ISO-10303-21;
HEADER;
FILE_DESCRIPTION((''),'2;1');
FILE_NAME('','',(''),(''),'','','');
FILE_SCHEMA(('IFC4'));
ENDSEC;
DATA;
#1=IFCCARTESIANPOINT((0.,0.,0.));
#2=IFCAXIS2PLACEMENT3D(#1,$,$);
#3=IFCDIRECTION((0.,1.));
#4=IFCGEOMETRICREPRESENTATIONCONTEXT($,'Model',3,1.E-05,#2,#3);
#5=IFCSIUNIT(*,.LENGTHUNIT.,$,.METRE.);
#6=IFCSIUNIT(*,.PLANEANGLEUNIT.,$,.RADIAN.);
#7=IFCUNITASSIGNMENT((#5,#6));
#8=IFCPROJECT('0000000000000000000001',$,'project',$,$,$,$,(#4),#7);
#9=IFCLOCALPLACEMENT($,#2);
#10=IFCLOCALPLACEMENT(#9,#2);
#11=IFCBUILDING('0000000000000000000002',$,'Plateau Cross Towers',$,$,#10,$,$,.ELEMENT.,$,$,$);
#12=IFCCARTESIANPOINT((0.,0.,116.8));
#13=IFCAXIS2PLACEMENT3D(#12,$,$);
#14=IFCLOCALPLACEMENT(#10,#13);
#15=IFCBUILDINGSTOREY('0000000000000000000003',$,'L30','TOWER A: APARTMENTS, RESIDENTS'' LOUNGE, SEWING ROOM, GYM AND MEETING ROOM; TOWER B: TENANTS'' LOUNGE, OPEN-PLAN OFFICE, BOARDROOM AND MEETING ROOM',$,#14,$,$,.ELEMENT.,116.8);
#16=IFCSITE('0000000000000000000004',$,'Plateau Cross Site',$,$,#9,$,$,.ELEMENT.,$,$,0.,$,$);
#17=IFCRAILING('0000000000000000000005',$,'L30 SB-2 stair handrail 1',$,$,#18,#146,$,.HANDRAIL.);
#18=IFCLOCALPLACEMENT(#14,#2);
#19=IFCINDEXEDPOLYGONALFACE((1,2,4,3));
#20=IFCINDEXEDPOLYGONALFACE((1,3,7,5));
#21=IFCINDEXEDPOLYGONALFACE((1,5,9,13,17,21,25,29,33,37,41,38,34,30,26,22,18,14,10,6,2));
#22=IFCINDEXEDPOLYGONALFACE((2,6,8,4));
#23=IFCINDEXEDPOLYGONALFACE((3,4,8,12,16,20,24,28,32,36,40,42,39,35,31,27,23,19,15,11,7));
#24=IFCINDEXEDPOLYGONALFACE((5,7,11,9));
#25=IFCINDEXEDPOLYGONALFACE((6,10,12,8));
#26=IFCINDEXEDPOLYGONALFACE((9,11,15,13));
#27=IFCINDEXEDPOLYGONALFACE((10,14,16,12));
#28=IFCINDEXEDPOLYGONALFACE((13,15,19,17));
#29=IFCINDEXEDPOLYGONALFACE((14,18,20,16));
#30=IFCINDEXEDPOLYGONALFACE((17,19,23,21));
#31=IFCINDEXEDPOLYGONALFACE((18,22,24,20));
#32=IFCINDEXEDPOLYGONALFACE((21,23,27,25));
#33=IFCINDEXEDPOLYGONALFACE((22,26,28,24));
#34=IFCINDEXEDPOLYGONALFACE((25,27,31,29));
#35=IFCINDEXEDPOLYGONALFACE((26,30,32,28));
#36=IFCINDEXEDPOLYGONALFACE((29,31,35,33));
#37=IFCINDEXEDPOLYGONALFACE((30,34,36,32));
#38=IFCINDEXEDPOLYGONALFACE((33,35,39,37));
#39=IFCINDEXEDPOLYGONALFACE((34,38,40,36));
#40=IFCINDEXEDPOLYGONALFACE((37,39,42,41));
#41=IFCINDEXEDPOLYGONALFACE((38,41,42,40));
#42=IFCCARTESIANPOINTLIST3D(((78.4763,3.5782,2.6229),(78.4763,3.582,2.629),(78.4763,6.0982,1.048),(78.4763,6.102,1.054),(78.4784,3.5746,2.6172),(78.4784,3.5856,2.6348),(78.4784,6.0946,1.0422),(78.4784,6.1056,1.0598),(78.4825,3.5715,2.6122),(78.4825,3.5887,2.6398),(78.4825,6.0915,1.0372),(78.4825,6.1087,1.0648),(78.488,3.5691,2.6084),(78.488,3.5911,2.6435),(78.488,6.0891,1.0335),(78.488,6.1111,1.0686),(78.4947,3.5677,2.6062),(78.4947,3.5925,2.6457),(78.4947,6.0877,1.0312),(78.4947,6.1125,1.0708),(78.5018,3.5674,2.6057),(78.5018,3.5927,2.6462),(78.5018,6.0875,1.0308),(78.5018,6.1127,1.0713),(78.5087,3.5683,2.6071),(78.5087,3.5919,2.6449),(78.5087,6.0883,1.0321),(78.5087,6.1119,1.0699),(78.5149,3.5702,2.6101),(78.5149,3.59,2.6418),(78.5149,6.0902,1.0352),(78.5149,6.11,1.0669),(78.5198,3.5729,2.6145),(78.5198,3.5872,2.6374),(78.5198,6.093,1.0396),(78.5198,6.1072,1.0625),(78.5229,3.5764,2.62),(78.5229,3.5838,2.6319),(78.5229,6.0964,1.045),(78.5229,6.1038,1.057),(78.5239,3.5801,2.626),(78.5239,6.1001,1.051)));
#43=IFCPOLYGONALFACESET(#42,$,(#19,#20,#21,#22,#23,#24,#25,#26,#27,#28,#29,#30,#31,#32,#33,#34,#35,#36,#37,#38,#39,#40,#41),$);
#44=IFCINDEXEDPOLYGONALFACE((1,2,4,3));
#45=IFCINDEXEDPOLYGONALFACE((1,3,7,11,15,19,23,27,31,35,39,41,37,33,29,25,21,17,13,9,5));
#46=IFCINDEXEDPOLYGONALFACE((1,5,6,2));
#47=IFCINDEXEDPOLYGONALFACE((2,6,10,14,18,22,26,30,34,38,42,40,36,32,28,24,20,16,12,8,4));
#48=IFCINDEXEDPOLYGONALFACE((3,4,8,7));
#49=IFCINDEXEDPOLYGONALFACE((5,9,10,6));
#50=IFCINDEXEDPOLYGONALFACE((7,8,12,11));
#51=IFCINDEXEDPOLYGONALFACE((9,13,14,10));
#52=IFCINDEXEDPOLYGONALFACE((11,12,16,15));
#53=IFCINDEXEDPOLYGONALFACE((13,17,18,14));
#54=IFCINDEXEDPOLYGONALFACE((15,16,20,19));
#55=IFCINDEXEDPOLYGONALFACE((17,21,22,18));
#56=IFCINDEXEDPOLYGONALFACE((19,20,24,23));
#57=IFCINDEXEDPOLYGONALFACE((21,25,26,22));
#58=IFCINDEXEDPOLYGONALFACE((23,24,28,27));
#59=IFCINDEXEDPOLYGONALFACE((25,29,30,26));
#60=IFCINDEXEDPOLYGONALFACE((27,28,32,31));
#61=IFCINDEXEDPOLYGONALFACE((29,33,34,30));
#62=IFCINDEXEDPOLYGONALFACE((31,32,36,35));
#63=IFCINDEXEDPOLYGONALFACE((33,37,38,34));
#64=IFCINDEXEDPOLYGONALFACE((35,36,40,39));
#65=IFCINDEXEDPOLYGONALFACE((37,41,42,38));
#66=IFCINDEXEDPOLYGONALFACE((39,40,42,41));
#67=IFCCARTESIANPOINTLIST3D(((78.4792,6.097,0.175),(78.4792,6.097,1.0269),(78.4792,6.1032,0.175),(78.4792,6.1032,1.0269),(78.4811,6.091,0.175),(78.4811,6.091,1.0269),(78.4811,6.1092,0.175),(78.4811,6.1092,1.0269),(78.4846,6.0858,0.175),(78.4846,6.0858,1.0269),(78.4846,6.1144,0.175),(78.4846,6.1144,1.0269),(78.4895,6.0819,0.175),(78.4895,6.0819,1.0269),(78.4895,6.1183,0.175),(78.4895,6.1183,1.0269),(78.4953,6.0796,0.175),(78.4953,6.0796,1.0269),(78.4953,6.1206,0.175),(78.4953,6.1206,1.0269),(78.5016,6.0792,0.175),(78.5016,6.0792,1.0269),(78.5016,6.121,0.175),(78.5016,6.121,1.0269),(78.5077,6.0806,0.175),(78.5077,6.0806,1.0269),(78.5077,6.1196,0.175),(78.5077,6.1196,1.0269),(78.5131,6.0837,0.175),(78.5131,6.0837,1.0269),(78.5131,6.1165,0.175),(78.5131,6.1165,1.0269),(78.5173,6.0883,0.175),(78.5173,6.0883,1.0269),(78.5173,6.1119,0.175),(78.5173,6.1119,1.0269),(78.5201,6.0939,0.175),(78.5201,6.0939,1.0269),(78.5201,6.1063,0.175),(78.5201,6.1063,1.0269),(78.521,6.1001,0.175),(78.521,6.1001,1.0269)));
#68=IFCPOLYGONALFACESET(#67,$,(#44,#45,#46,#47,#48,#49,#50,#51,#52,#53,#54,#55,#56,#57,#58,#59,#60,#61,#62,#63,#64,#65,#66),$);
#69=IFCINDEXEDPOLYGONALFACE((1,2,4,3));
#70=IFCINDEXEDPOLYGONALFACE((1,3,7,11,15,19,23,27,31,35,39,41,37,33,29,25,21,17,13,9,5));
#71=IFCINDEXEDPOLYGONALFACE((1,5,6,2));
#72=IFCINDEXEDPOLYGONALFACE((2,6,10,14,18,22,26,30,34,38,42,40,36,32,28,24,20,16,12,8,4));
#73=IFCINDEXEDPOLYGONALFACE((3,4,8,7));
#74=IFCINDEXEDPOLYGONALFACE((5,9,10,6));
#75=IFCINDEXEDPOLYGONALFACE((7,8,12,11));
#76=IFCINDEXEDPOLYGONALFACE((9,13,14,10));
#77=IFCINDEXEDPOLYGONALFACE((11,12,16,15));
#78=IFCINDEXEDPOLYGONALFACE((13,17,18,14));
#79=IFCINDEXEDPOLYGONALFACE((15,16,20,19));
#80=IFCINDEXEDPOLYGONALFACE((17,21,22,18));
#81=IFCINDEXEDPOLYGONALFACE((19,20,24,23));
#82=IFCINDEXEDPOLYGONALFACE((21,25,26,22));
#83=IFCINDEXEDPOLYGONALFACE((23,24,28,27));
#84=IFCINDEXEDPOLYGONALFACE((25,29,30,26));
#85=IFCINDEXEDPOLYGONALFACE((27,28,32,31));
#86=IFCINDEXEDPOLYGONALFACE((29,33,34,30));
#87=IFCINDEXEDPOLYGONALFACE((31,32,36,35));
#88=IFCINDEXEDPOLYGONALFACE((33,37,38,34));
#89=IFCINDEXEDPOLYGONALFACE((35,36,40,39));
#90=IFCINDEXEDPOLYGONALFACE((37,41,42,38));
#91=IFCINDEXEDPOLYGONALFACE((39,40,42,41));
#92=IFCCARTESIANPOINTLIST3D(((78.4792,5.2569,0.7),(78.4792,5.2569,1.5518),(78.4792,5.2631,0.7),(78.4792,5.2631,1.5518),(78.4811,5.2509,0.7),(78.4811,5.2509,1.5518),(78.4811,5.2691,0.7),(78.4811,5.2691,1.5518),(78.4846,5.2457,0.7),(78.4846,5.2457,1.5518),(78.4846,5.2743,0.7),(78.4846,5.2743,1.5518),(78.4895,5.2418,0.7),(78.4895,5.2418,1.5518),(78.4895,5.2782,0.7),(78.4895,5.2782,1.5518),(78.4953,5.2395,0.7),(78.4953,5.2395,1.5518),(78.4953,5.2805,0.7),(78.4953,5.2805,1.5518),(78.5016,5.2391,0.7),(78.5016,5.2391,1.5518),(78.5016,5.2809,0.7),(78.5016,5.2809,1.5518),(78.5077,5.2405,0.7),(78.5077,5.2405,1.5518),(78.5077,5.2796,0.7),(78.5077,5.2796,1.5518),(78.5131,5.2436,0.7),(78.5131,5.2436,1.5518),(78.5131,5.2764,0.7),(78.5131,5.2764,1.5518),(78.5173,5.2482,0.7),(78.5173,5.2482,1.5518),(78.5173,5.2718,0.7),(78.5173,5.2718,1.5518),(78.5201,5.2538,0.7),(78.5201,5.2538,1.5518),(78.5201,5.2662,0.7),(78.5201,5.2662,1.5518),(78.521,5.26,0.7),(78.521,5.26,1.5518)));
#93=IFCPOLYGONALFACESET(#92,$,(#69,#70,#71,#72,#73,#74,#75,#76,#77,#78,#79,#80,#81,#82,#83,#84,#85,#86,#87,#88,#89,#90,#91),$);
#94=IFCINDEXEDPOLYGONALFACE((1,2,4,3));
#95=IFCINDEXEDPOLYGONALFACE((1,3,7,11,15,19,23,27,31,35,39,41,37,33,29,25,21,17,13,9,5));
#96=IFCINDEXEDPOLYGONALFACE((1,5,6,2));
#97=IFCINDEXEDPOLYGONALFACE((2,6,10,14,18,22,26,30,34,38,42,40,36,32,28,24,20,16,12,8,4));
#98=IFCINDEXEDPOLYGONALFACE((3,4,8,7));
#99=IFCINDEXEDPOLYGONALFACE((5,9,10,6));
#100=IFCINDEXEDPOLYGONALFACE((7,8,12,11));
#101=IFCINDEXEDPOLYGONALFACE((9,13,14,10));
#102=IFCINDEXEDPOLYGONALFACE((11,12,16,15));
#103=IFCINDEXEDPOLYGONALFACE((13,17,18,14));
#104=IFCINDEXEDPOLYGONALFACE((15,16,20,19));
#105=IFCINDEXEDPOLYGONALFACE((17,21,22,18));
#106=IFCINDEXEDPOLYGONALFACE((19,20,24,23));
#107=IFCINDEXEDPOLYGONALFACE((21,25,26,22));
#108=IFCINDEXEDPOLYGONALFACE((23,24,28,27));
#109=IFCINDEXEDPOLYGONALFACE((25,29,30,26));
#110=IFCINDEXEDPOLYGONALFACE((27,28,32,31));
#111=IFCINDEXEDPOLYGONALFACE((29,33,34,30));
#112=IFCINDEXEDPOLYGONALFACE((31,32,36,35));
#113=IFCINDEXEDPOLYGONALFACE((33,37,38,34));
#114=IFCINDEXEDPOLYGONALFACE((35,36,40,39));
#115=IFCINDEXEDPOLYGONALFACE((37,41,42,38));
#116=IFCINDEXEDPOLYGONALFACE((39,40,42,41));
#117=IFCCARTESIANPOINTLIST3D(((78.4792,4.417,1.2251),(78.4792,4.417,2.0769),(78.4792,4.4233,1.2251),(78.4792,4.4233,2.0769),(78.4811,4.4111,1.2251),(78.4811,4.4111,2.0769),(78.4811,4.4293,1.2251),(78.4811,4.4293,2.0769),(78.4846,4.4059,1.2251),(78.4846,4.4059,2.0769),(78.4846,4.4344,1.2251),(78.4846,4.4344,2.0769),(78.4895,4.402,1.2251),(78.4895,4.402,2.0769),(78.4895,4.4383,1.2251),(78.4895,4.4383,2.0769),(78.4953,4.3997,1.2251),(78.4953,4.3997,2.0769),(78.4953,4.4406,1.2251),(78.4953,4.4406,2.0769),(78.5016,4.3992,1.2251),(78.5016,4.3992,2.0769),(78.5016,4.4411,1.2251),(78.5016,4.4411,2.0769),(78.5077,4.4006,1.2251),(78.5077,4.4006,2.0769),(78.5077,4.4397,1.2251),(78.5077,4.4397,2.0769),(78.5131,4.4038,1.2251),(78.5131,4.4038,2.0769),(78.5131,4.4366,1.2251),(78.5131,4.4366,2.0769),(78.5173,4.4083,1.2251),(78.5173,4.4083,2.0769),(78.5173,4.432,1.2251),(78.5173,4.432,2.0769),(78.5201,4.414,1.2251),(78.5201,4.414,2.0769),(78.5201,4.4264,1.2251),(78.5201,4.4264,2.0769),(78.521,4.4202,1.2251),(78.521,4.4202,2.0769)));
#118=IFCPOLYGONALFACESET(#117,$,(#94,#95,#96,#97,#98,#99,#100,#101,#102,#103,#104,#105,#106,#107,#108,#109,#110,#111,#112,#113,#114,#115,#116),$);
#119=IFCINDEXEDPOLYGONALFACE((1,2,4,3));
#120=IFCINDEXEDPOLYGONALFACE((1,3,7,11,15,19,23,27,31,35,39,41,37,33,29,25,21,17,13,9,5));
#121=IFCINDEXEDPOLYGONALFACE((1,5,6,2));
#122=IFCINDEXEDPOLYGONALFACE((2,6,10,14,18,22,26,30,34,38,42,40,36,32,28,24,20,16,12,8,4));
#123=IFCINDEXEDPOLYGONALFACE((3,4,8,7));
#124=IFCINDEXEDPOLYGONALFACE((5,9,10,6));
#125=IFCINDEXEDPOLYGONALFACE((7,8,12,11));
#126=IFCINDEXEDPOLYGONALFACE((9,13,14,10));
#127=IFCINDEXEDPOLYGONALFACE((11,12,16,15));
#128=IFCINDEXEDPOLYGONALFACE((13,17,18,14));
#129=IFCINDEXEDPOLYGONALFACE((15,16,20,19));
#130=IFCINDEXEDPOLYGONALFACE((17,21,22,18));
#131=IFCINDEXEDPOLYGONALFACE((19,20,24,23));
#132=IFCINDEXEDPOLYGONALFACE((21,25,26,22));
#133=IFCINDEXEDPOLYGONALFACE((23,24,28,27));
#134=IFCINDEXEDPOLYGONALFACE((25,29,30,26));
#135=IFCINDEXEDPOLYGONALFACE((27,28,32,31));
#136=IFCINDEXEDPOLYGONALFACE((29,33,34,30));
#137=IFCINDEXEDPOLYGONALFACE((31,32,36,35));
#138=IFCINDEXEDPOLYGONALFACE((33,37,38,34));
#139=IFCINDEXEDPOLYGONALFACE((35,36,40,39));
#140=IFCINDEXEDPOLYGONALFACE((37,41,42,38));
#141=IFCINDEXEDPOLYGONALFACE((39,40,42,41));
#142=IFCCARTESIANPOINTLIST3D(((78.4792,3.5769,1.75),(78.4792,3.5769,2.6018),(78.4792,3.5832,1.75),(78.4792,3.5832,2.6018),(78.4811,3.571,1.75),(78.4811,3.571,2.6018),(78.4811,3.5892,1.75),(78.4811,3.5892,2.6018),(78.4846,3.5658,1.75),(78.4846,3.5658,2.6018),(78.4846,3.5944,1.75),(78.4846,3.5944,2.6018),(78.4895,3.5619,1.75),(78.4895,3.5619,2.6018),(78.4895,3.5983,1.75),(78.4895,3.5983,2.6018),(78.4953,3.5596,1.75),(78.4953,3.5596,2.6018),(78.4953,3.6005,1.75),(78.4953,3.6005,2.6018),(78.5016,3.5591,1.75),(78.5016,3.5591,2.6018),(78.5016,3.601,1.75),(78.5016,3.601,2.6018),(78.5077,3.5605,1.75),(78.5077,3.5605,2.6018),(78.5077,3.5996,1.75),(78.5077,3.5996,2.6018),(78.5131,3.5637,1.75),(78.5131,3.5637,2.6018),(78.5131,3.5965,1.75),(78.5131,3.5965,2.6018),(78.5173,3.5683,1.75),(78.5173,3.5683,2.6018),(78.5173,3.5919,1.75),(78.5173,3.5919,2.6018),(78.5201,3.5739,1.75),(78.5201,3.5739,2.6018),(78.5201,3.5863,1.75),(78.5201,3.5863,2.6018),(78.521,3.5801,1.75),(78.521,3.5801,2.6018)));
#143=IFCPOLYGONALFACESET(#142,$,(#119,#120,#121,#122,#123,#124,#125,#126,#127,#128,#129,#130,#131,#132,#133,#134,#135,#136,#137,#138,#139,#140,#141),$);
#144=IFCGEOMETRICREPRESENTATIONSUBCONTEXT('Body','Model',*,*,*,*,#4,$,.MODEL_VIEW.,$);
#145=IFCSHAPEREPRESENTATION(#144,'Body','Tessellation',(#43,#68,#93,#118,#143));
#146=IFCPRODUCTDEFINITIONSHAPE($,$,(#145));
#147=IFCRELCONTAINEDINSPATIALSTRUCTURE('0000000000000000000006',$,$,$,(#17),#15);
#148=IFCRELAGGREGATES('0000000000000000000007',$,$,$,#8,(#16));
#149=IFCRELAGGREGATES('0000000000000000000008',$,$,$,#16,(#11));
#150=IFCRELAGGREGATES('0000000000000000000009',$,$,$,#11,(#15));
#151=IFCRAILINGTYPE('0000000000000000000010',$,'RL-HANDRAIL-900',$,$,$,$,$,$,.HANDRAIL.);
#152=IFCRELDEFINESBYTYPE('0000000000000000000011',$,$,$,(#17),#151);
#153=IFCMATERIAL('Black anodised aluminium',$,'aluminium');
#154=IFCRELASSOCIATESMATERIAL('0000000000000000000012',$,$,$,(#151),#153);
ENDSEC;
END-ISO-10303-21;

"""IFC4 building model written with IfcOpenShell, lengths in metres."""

from ifc_helpers import new_model, si_unit, direction, frame, origin, origin_2d, place, context, subcontext, project, spatial, circle, extrude, material, type_object, element, save


model = new_model("IFC4")

# Units and contexts
model_context = context("Model", 3, precision=1e-05, world=origin(), true_north=direction((0.0, 1.0)))
body_context = subcontext(model_context, "Body", "Model", "MODEL_VIEW")
ifc_project = project(units=[si_unit("LENGTHUNIT", "METRE"), si_unit("PLANEANGLEUNIT", "RADIAN")], contexts=[model_context])

# Site, building, storey
site_placement = place(None, origin())
site = spatial("IfcSite", under=ifc_project, at=site_placement, Name="Plateau Cross Site", CompositionType="ELEMENT", RefElevation=0.0)
building_placement = place(site_placement, origin())
building = spatial("IfcBuilding", under=site, at=building_placement, Name="Plateau Cross Towers", CompositionType="ELEMENT")
storey_placement = place(building_placement, frame((0.0, 0.0, 116.8)))
storey = spatial("IfcBuildingStorey", under=building, at=storey_placement, Name="L30", Description="TOWER A: APARTMENTS, RESIDENTS' LOUNGE, SEWING ROOM, GYM AND MEETING ROOM; TOWER B: TENANTS' LOUNGE, OPEN-PLAN OFFICE, BOARDROOM AND MEETING ROOM", CompositionType="ELEMENT", Elevation=116.8)

# Railing
ifc_material_1 = material(Name="Black anodised aluminium", Category="aluminium")
railing_type_1 = type_object("IfcRailingType", Name="RL-HANDRAIL-900", PredefinedType="HANDRAIL", material=ifc_material_1)
railing_1_placement = place(storey_placement, frame((78.5, 6.1001, 0.175)))
element("IfcRailing", 1, at=railing_1_placement, inside=storey, type_object=railing_type_1, Name="L30 SB-2 stair handrail 1", PredefinedType="HANDRAIL", context=body_context, shape_type="SweptSolid", body=[
    extrude(circle(Radius=0.0239, at=origin_2d()), frame((0.0, 0.0, 0.876), z_axis=(0.0, -0.848008, 0.529984), x_axis=(1.0, 0.0, 0.0)), (0.0, 0.0, 1.0), 2.9717),
    extrude(circle(Radius=0.021, at=origin_2d()), origin(), (0.0, 0.0, 1.0), 0.8518),
    extrude(circle(Radius=0.021, at=origin_2d()), frame((0.0, -0.8401, 0.5249)), (0.0, 0.0, 1.0), 0.8518),
    extrude(circle(Radius=0.021, at=origin_2d()), frame((0.0, -1.6799, 1.05)), (0.0, 0.0, 1.0), 0.8518),
    extrude(circle(Radius=0.021, at=origin_2d()), frame((0.0, -2.52, 1.575)), (0.0, 0.0, 1.0), 0.8518),
])

save(model, "model.ifc")
